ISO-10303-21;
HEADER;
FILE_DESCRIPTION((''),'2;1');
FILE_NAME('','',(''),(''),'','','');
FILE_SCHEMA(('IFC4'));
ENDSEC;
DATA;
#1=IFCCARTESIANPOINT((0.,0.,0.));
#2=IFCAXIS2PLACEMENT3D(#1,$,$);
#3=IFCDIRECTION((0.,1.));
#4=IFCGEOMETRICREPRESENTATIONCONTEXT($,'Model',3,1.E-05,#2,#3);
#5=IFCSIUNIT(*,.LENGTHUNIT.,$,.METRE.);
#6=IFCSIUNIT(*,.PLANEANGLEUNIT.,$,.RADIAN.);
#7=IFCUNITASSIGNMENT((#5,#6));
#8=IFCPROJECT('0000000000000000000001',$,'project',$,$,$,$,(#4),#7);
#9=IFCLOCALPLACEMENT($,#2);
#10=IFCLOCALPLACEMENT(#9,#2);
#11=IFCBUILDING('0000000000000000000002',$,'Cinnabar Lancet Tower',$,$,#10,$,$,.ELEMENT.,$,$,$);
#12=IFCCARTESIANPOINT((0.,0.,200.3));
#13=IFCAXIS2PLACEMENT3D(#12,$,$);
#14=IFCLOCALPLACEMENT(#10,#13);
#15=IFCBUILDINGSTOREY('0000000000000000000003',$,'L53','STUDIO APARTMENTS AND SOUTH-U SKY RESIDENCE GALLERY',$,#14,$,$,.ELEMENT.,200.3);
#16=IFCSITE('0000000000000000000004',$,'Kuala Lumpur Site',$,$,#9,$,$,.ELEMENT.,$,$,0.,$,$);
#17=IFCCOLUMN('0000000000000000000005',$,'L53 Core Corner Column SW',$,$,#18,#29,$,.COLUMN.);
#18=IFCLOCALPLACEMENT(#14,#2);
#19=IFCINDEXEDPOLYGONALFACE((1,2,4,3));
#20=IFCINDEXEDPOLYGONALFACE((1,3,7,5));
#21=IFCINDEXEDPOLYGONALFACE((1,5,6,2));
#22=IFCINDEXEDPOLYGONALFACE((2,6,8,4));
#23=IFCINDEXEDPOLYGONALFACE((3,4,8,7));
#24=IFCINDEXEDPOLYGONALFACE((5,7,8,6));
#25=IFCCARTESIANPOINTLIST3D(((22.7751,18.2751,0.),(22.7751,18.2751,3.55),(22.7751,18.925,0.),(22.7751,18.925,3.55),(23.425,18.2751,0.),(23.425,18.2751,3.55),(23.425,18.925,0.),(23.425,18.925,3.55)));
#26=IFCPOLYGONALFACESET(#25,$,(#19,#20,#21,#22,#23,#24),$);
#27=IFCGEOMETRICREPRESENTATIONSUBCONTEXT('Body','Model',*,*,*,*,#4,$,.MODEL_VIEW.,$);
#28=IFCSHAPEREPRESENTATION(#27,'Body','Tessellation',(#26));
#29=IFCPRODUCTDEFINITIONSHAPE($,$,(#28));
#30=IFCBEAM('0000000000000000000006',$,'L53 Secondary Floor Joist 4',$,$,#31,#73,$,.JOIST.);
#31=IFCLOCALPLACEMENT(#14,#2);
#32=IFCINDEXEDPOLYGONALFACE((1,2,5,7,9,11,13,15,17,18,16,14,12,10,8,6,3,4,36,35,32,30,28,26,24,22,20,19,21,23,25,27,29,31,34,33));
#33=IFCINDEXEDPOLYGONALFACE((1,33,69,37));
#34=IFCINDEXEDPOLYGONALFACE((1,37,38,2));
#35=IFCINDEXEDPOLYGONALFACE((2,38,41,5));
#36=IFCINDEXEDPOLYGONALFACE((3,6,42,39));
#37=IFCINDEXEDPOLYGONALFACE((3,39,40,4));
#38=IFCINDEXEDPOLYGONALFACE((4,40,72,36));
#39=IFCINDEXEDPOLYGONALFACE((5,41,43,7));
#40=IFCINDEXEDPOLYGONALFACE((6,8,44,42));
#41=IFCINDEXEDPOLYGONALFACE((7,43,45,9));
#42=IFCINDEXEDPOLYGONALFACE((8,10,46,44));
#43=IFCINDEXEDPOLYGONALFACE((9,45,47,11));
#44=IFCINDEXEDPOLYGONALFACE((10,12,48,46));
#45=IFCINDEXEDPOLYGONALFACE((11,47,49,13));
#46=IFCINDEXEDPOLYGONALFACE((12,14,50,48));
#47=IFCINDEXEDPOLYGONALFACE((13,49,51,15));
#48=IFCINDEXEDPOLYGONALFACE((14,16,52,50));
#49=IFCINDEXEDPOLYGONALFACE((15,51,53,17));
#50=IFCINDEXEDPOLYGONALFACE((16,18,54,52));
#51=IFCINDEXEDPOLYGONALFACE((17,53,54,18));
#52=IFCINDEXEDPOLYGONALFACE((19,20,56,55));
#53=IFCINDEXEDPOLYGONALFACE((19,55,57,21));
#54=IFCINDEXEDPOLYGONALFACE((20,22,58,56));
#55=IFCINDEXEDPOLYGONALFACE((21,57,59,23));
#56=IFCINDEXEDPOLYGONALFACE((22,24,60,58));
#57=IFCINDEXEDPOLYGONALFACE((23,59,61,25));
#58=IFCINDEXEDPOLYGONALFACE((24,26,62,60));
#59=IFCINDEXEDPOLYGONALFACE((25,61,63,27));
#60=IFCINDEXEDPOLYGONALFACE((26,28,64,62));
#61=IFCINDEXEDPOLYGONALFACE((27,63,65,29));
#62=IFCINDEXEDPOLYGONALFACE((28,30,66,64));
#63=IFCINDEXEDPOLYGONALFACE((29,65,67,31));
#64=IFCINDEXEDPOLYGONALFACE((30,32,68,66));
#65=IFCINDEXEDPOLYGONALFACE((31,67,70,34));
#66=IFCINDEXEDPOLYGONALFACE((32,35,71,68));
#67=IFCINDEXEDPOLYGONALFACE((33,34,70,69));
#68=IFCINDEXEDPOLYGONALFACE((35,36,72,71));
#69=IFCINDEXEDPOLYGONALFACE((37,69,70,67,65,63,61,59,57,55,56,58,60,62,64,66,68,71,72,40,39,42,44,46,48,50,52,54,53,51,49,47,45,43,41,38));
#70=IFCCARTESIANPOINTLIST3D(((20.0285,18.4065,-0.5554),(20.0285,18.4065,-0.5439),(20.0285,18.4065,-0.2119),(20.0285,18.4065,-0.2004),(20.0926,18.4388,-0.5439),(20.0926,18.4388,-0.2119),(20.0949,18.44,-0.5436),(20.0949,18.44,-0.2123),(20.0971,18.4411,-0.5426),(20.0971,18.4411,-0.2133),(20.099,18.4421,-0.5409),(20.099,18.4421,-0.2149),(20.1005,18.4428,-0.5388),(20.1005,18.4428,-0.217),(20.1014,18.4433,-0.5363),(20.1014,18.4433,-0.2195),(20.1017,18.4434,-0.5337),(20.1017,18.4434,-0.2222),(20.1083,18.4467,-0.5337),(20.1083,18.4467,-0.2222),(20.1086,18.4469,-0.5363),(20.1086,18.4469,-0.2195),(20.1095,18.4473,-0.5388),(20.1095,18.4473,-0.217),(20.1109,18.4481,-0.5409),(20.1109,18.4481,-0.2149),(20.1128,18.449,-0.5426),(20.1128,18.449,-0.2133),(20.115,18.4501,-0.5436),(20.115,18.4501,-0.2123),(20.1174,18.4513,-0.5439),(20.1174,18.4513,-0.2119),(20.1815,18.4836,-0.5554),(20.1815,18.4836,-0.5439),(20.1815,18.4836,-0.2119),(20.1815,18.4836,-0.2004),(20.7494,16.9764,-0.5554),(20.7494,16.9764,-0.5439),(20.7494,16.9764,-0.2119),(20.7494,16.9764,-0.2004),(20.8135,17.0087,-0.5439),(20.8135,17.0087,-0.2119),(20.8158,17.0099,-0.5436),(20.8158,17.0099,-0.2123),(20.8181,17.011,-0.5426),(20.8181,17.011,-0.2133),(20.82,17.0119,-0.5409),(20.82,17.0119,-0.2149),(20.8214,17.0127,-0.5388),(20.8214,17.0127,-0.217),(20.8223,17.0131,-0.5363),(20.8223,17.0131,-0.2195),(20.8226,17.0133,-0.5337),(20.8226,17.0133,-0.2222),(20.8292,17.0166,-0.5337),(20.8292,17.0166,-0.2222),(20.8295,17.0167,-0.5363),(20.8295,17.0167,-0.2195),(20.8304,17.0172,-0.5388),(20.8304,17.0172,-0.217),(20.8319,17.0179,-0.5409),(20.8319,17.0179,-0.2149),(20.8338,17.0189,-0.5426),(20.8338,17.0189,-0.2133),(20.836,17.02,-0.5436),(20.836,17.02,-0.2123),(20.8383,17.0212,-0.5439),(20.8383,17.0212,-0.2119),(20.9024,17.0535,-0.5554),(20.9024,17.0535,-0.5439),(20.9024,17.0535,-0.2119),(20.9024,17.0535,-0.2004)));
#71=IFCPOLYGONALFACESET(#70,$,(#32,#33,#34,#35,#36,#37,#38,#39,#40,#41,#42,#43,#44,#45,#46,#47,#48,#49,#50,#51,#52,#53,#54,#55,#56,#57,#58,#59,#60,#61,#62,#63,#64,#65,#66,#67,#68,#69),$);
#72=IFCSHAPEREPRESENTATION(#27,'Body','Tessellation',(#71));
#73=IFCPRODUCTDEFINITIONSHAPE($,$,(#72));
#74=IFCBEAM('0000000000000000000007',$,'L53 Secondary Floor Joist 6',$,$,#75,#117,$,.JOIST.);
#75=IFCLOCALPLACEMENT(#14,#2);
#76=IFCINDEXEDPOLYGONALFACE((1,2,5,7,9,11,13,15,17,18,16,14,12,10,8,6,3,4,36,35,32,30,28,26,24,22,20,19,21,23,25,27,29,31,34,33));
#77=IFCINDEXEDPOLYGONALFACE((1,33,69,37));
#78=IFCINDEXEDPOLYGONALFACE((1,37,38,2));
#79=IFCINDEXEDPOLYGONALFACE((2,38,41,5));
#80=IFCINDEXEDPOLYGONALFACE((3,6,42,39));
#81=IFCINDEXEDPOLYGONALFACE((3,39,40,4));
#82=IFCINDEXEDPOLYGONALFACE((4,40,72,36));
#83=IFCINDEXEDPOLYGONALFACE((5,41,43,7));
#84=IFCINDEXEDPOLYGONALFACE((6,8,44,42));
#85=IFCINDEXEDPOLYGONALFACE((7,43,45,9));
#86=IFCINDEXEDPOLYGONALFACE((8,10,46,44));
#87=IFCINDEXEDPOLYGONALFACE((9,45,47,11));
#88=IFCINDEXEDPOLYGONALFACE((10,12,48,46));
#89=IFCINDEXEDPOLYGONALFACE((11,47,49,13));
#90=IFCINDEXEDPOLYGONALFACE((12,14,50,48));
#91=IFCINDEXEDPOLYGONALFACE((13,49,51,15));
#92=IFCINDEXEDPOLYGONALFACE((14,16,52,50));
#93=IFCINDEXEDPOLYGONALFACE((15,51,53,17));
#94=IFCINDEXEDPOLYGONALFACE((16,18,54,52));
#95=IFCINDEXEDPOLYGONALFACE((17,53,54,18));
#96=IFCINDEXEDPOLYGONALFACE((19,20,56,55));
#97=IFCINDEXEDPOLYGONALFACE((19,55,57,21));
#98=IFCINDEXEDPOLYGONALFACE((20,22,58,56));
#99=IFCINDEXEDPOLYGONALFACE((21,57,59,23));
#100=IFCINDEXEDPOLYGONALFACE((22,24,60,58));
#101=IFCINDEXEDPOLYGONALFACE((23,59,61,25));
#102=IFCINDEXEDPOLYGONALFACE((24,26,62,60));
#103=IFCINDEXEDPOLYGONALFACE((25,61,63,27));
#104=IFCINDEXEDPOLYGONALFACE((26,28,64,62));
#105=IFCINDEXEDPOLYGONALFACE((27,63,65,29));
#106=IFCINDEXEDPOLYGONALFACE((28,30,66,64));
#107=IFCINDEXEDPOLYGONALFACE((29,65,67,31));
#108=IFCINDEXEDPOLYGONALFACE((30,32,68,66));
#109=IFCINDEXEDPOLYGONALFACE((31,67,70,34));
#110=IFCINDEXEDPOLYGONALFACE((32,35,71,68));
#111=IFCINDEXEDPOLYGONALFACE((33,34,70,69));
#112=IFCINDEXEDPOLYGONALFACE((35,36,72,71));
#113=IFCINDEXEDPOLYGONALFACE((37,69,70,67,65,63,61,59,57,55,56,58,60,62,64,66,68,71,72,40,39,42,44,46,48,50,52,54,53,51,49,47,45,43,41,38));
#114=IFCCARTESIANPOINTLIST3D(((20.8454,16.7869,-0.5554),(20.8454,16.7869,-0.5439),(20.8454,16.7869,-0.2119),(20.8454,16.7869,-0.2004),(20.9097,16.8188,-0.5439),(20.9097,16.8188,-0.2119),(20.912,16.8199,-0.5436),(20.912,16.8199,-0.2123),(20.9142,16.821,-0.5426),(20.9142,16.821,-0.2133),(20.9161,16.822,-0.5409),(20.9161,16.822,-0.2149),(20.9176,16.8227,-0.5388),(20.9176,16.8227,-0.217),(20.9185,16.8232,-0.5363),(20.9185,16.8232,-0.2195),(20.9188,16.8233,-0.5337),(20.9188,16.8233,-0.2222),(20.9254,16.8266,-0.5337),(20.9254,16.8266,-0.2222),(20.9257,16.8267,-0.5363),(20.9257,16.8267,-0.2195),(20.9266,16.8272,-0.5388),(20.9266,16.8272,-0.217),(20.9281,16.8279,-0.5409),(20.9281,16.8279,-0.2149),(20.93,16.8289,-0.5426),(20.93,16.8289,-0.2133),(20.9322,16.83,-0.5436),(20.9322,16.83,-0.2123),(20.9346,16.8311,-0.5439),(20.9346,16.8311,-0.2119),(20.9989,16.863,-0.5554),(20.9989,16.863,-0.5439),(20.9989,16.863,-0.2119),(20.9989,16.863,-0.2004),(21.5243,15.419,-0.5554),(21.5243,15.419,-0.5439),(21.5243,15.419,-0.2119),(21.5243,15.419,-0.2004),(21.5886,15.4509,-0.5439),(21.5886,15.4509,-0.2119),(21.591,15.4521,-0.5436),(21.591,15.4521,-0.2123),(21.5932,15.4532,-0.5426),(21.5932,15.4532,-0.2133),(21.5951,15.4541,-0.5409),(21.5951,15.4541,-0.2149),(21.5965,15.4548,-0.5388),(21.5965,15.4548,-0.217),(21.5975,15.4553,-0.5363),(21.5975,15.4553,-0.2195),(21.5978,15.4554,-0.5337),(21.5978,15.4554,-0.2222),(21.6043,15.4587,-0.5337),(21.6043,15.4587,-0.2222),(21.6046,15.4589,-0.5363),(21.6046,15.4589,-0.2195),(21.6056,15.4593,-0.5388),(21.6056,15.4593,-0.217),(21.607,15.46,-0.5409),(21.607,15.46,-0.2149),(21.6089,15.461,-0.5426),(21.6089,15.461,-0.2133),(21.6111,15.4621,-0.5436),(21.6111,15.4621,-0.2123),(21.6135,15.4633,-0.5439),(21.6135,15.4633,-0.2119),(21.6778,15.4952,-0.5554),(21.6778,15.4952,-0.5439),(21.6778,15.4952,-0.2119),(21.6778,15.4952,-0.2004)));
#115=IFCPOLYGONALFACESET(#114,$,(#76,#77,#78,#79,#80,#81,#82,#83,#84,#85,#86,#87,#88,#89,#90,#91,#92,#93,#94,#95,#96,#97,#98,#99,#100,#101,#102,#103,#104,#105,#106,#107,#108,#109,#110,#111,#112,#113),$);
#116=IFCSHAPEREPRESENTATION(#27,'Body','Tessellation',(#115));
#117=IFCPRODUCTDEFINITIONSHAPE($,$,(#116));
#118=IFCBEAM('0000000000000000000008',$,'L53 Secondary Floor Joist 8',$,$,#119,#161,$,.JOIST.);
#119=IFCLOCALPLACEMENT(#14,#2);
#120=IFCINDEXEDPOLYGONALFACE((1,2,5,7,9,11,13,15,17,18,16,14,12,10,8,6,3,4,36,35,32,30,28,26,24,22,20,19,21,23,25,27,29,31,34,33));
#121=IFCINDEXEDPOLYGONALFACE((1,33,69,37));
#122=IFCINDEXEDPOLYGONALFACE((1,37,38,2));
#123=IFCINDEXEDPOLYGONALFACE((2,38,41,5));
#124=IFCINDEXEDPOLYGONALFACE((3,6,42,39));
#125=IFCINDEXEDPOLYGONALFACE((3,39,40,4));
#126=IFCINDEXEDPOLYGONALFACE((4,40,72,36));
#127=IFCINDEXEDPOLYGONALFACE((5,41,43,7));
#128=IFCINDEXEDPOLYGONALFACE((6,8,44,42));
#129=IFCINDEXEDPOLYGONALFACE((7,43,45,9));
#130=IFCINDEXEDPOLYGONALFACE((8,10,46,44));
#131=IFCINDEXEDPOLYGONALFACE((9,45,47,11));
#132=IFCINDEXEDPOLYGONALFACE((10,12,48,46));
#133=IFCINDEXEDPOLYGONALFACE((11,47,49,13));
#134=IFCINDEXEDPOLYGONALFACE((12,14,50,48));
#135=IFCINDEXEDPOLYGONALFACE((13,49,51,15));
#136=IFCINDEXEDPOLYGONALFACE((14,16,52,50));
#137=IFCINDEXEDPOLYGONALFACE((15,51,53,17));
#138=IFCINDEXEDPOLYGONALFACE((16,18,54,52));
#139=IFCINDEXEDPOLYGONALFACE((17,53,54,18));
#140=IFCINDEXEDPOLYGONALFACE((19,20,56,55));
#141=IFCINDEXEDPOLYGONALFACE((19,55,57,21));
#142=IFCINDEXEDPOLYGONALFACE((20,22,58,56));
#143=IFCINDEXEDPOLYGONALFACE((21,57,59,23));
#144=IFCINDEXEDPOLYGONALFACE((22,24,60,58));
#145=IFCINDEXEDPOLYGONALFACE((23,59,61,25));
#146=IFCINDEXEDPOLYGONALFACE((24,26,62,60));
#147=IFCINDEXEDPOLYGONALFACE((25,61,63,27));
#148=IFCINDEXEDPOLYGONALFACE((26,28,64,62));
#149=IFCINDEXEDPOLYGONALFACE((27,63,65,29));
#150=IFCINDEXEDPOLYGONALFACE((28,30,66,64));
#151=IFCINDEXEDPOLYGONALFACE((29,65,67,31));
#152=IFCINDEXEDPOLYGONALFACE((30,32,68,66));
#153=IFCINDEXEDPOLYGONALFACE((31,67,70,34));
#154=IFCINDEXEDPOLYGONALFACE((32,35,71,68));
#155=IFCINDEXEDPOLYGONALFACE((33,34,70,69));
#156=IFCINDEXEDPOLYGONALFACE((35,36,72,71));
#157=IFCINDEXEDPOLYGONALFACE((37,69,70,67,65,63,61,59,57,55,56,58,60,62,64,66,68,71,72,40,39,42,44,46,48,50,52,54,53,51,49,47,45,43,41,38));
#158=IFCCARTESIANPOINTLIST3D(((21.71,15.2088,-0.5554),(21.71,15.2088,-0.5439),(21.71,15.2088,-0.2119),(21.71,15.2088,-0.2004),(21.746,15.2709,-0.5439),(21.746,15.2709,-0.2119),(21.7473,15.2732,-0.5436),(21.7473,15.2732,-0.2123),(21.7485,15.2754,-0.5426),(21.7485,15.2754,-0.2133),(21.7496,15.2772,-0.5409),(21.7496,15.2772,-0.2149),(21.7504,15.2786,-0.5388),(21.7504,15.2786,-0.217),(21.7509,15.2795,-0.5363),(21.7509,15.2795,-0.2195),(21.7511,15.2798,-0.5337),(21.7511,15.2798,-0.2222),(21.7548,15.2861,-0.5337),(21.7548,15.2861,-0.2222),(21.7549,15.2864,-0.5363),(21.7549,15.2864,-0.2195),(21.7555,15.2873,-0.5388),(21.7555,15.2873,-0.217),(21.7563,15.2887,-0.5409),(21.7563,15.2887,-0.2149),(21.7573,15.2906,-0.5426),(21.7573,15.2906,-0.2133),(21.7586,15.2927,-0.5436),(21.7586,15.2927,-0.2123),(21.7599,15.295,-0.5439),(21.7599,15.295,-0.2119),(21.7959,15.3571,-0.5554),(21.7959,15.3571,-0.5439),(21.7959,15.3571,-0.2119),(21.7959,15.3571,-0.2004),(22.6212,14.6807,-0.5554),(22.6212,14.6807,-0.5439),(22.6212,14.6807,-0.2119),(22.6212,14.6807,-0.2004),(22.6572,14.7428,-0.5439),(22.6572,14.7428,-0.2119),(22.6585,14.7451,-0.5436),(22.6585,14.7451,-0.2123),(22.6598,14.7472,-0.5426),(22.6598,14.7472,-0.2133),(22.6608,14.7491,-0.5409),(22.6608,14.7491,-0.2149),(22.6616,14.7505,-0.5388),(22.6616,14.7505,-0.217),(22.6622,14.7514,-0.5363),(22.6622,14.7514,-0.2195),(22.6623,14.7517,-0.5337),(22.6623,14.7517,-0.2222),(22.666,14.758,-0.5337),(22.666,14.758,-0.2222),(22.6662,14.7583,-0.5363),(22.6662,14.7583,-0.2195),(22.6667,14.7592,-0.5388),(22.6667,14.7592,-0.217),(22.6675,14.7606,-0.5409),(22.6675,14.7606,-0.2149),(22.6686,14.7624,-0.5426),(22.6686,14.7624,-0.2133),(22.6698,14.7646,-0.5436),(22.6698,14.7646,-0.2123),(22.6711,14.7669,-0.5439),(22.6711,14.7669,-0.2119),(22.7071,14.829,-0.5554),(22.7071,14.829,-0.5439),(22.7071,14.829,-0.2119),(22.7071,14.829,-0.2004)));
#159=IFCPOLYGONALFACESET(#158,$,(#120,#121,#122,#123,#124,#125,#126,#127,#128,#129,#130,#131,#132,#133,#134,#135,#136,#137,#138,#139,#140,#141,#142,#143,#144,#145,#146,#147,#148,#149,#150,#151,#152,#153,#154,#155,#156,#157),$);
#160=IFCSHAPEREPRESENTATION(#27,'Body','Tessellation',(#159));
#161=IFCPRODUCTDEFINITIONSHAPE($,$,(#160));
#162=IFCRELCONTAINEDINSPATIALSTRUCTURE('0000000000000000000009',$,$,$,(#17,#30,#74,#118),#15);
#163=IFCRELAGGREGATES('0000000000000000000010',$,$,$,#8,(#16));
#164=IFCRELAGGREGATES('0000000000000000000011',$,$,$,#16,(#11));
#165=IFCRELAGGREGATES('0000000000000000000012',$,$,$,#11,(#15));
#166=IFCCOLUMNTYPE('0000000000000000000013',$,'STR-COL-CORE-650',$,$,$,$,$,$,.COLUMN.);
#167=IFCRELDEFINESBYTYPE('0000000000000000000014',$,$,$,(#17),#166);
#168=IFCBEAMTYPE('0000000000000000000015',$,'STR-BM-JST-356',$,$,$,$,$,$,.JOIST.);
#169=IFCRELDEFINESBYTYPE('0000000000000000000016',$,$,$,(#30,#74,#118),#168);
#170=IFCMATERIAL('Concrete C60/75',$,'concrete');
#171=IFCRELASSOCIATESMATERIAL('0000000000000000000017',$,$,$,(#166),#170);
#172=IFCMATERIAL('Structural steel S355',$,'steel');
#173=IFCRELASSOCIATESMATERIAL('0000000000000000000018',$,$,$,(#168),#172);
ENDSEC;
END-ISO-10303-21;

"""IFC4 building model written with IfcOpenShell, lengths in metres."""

from ifc_helpers import new_model, si_unit, direction, frame, origin, origin_2d, place, context, subcontext, project, spatial, rectangle, i_section, extrude, material, material_profile, profile_set, type_object, element, save


model = new_model("IFC4")

# Units and contexts
model_context = context("Model", 3, precision=1e-05, world=origin(), true_north=direction((0.0, 1.0)))
body_context = subcontext(model_context, "Body", "Model", "MODEL_VIEW")
ifc_project = project(units=[si_unit("LENGTHUNIT", "METRE"), si_unit("PLANEANGLEUNIT", "RADIAN")], contexts=[model_context])

# Site, building, storey
site_placement = place(None, origin())
site = spatial("IfcSite", under=ifc_project, at=site_placement, Name="Kuala Lumpur Site", CompositionType="ELEMENT", RefElevation=0.0)
building_placement = place(site_placement, origin())
building = spatial("IfcBuilding", under=site, at=building_placement, Name="Cinnabar Lancet Tower", CompositionType="ELEMENT")
storey_placement = place(building_placement, frame((0.0, 0.0, 200.3)))
storey = spatial("IfcBuildingStorey", under=building, at=storey_placement, Name="L53", Description="STUDIO APARTMENTS AND SOUTH-U SKY RESIDENCE GALLERY", CompositionType="ELEMENT", Elevation=200.3)

# Column
ifc_material_1 = material(Name="Concrete C60/75", Category="concrete")
ifc_material_profile_1 = material_profile(ifc_material_1, rectangle(XDim=0.6499, YDim=0.6499, at=origin_2d()), Name="RC-COL 650x650")
ifc_profile_set_1 = profile_set([ifc_material_profile_1], Name="Concrete C60/75")
column_type = type_object("IfcColumnType", Name="STR-COL-CORE-650", PredefinedType="COLUMN", material=ifc_profile_set_1)
column_placement = place(storey_placement, frame((23.1001, 18.6001, 0.0), z_axis=(0.0, 0.0, 1.0), x_axis=(1.0, 0.0, 0.0)))
element("IfcColumn", 1, at=column_placement, inside=storey, type_object=column_type, Name="L53 Core Corner Column SW", PredefinedType="COLUMN", context=body_context, shape_type="SweptSolid", body=[
    extrude(rectangle(XDim=0.6499, YDim=0.6499, at=origin_2d()), origin(), (0.0, 0.0, 1.0), 3.55),
])

# Beams
ifc_material_2 = material(Name="Structural steel S355", Category="steel")
ifc_material_profile_2 = material_profile(ifc_material_2, i_section(OverallWidth=0.1714, OverallDepth=0.355, WebThickness=0.0073, FlangeThickness=0.0115, FilletRadius=0.0103, at=origin_2d()), Name="UKB 356x171x51")
ifc_profile_set_2 = profile_set([ifc_material_profile_2], Name="Structural steel S355")
beam_type = type_object("IfcBeamType", Name="STR-BM-JST-356", PredefinedType="JOIST", material=ifc_profile_set_2)
beam_1_placement = place(storey_placement, frame((20.105, 18.4451, -0.3779), z_axis=(0.450138, -0.892959, 0.0), x_axis=(0.892959, 0.450138, 0.0)))
element("IfcBeam", 2, at=beam_1_placement, inside=storey, type_object=beam_type, Name="L53 Secondary Floor Joist 4", PredefinedType="JOIST", context=body_context, shape_type="SweptSolid", body=[
    extrude(i_section(OverallWidth=0.1714, OverallDepth=0.355, WebThickness=0.0073, FlangeThickness=0.0115, FilletRadius=0.0103, at=origin_2d()), origin(), (0.0, 0.0, 1.0), 1.6016),
])
beam_2_placement = place(storey_placement, frame((20.9221, 16.825, -0.3779), z_axis=(0.44459, -0.895734, 0.0), x_axis=(0.895734, 0.44459, 0.0)))
element("IfcBeam", 3, at=beam_2_placement, inside=storey, type_object=beam_type, Name="L53 Secondary Floor Joist 6", PredefinedType="JOIST", context=body_context, shape_type="SweptSolid", body=[
    extrude(i_section(OverallWidth=0.1714, OverallDepth=0.355, WebThickness=0.0073, FlangeThickness=0.0115, FilletRadius=0.0103, at=origin_2d()), origin(), (0.0, 0.0, 1.0), 1.5271),
])
beam_3_placement = place(storey_placement, frame((21.7529, 15.283, -0.3779), z_axis=(0.865188, -0.501447, 0.0), x_axis=(0.501447, 0.865188, 0.0)))
element("IfcBeam", 4, at=beam_3_placement, inside=storey, type_object=beam_type, Name="L53 Secondary Floor Joist 8", PredefinedType="JOIST", context=body_context, shape_type="SweptSolid", body=[
    extrude(i_section(OverallWidth=0.1714, OverallDepth=0.355, WebThickness=0.0073, FlangeThickness=0.0115, FilletRadius=0.0103, at=origin_2d()), origin(), (0.0, 0.0, 1.0), 1.0532),
])

save(model, "model.ifc")
